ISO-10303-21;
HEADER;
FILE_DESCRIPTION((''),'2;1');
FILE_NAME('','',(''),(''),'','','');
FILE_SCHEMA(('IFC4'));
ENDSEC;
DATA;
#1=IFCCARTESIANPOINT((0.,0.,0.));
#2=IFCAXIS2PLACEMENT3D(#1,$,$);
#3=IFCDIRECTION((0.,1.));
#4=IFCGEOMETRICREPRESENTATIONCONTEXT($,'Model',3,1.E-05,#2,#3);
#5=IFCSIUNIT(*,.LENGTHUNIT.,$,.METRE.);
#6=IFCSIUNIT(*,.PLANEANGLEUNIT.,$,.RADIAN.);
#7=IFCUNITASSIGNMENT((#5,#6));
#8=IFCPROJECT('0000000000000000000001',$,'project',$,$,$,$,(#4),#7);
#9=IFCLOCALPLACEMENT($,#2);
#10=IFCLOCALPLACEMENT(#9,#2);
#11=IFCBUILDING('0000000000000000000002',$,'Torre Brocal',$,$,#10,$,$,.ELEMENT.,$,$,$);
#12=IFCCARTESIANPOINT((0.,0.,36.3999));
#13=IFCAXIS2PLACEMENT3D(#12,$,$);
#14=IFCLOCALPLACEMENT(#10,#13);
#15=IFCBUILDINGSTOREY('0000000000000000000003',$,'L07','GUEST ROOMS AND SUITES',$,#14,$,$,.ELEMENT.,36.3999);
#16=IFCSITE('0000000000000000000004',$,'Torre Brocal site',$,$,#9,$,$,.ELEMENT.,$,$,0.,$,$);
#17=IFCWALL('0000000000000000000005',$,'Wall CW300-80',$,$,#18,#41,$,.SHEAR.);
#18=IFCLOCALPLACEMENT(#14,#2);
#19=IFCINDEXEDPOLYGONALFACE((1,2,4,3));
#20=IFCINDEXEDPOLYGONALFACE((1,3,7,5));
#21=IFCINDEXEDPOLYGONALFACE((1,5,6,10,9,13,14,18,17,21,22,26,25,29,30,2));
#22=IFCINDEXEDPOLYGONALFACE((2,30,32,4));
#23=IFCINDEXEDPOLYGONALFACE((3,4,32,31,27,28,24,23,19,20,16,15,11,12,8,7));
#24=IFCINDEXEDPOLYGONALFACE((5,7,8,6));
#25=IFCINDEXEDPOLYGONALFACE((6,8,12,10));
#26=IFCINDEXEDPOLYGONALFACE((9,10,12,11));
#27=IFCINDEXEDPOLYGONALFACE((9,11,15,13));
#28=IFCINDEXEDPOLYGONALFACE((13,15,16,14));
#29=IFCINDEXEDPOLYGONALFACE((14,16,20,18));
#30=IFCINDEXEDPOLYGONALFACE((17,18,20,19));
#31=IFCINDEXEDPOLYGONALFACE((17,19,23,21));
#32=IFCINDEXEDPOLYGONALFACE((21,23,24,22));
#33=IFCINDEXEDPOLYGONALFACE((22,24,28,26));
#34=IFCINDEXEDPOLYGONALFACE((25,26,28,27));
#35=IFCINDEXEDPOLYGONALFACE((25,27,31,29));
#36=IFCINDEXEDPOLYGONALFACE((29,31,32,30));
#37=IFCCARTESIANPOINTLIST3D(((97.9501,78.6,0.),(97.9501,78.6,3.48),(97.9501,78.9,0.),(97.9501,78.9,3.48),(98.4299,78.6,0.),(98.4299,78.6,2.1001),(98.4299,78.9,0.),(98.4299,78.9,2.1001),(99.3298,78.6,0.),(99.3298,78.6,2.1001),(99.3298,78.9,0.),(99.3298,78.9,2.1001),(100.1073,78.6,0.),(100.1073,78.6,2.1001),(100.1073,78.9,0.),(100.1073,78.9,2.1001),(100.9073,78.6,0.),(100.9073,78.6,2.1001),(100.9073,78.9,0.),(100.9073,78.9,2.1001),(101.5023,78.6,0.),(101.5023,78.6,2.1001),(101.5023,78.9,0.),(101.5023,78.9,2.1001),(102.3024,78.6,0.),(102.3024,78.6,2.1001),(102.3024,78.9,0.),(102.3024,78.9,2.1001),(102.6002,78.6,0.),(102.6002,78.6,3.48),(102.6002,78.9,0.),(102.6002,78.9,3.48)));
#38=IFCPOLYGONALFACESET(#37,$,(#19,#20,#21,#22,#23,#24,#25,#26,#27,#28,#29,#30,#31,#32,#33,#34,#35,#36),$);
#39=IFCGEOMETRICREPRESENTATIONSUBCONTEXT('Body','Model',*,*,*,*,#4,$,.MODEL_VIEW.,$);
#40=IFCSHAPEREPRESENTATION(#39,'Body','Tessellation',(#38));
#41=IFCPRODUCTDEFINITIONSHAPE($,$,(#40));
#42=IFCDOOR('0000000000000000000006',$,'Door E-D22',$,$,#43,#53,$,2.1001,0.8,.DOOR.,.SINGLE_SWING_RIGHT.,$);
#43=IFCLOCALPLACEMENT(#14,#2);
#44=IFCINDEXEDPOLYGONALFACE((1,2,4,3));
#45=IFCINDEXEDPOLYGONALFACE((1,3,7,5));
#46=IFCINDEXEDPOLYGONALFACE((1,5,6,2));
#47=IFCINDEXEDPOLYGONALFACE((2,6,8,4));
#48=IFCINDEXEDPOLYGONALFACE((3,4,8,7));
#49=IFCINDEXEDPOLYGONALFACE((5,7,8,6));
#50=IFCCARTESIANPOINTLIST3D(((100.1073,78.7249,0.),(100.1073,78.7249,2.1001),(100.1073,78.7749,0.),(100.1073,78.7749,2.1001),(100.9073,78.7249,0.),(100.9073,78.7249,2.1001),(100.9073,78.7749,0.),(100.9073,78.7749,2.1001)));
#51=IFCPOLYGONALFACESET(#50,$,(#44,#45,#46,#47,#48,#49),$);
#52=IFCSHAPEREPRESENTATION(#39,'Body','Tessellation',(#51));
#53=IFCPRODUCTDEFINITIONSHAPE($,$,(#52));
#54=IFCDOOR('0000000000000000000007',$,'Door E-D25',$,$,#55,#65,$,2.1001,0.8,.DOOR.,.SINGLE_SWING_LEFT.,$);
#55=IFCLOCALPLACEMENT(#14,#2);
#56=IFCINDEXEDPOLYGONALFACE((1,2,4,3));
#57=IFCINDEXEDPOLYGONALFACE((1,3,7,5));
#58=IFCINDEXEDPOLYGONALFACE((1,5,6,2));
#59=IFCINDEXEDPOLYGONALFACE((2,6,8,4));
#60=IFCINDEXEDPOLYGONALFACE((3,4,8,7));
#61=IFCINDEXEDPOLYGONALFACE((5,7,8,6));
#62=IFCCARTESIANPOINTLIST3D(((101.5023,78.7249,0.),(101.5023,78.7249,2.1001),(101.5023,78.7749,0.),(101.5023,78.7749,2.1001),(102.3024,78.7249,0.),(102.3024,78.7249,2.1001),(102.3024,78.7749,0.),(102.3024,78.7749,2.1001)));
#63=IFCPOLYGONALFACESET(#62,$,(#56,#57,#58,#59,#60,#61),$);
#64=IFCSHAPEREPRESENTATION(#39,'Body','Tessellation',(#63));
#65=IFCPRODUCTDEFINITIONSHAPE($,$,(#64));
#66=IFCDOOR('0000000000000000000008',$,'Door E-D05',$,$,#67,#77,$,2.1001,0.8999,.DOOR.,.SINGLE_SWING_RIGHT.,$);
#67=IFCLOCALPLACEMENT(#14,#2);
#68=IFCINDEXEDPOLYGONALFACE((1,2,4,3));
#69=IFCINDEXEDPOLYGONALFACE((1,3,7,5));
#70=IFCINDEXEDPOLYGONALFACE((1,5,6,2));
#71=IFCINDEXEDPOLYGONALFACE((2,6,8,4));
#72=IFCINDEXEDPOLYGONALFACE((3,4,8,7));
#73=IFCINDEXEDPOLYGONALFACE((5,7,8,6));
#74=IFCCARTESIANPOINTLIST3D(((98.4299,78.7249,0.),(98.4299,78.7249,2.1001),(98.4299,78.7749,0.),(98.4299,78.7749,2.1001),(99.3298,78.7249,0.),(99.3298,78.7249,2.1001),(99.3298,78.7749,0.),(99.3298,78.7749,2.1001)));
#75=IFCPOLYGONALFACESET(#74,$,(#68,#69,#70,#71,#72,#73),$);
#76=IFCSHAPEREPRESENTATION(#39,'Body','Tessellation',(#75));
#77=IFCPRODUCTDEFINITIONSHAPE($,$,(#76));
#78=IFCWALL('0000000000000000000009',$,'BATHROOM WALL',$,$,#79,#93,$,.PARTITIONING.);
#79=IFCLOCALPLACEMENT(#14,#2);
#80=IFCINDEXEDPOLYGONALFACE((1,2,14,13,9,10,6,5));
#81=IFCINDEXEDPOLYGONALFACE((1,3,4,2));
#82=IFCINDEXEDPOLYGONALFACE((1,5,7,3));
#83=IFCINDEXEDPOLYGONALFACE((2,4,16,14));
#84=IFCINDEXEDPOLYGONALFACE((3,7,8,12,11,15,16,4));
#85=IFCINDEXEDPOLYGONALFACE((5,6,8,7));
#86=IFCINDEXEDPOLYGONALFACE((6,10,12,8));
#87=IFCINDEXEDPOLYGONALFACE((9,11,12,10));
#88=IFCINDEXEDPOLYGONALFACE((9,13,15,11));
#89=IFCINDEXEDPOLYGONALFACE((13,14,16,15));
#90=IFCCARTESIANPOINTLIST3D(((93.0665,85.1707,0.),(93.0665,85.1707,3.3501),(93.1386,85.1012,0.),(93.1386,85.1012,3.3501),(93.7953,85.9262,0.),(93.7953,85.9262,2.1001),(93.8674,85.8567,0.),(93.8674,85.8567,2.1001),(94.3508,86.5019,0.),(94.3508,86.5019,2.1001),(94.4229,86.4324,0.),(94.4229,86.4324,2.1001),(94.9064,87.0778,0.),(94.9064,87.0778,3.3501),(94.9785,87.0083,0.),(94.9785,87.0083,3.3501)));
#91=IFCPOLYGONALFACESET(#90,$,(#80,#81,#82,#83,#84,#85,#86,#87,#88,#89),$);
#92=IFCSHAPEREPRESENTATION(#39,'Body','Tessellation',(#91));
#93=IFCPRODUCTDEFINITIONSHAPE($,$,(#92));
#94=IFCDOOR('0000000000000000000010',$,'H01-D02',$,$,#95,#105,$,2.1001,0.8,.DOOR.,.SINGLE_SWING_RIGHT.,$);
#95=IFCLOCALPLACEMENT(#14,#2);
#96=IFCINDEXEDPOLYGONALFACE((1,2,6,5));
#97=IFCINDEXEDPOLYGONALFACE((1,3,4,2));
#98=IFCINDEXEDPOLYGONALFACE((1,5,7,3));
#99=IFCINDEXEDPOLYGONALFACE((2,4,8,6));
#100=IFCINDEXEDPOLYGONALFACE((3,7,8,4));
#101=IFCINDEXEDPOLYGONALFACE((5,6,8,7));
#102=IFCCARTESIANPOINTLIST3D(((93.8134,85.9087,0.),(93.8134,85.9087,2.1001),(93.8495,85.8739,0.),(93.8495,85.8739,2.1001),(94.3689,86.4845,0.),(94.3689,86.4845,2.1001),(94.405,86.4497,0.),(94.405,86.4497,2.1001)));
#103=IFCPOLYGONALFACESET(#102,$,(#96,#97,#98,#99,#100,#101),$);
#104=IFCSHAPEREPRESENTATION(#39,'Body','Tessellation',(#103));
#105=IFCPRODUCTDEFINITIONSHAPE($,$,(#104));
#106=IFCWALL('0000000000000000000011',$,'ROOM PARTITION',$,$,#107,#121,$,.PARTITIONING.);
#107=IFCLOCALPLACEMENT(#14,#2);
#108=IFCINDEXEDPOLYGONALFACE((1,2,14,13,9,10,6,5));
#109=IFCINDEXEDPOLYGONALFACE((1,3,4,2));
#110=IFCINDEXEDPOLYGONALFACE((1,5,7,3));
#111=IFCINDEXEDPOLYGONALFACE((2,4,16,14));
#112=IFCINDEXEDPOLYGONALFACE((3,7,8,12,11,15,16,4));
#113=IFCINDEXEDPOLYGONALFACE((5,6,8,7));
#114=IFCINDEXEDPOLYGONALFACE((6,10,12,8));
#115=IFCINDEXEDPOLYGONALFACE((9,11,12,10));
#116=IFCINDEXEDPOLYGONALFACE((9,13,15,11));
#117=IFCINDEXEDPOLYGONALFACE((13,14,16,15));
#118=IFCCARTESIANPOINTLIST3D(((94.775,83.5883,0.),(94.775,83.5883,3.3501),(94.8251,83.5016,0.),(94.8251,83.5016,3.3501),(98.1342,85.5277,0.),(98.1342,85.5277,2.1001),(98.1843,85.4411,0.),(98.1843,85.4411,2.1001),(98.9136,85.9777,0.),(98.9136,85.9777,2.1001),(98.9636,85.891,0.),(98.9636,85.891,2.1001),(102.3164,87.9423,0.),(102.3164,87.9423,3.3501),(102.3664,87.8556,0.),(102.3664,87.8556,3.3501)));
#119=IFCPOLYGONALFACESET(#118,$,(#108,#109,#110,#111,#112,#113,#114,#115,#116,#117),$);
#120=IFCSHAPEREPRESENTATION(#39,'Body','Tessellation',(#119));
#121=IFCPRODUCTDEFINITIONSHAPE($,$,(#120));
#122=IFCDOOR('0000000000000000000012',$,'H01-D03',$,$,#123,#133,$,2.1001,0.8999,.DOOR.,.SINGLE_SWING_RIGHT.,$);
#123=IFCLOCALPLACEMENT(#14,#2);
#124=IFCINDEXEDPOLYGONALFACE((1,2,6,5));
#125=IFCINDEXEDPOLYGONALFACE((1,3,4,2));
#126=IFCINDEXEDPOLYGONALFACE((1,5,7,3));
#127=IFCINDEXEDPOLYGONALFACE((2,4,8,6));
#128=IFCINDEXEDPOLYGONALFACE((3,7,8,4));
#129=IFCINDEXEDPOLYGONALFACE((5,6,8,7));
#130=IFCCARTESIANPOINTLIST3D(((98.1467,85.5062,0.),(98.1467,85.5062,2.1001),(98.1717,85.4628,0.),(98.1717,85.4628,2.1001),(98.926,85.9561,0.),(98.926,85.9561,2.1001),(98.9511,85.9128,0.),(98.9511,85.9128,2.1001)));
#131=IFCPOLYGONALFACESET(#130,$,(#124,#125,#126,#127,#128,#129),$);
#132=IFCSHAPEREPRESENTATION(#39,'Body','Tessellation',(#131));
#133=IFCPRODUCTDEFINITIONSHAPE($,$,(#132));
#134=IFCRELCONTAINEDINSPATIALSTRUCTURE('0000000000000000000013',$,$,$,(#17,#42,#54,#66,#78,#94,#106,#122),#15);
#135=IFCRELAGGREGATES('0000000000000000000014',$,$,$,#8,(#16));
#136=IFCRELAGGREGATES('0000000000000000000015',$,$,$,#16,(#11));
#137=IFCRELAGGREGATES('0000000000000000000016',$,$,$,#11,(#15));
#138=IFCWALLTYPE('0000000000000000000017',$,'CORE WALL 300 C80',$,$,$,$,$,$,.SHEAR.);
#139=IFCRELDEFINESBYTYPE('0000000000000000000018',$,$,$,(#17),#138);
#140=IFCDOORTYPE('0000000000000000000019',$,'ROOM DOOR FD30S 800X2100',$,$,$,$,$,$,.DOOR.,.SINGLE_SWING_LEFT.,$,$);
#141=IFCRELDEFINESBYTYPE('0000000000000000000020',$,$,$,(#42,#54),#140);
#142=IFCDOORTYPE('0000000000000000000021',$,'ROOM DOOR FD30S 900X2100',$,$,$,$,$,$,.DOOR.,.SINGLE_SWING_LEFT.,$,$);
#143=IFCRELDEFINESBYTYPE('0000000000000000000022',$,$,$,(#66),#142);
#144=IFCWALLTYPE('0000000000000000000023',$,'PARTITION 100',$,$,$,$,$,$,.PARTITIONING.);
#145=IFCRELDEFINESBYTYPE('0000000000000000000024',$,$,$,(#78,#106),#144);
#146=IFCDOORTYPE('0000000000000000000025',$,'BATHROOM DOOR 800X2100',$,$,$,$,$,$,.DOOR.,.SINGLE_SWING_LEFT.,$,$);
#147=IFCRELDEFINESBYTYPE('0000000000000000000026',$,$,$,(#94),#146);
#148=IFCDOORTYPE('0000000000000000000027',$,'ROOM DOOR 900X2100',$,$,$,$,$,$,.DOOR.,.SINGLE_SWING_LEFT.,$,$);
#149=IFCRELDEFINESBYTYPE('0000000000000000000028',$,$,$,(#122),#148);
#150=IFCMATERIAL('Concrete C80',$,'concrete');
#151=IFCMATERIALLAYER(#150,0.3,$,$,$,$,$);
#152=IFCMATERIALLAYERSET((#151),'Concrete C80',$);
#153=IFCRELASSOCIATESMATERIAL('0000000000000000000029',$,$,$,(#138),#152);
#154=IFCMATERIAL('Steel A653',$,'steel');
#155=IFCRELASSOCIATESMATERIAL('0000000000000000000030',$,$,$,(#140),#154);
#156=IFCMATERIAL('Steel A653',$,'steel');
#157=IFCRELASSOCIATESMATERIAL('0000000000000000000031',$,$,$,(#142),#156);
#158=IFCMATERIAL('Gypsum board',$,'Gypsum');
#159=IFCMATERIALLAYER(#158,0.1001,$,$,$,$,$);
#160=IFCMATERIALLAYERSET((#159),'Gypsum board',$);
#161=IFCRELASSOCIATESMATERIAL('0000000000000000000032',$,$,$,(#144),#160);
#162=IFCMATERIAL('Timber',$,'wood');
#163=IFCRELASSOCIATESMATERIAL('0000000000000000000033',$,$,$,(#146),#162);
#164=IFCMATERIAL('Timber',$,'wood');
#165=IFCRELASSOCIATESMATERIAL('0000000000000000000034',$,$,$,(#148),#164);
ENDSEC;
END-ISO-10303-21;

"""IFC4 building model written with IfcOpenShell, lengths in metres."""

from ifc_helpers import new_model, si_unit, direction, frame, frame_2d, origin, place, context, subcontext, project, spatial, rectangle, extrude, material, layer, layer_set, type_object, element, fill, save


model = new_model("IFC4")

# Units and contexts
model_context = context("Model", 3, precision=1e-05, world=origin(), true_north=direction((0.0, 1.0)))
body_context = subcontext(model_context, "Body", "Model", "MODEL_VIEW")
ifc_project = project(units=[si_unit("LENGTHUNIT", "METRE"), si_unit("PLANEANGLEUNIT", "RADIAN")], contexts=[model_context])

# Site, building, storey
site_placement = place(None, origin())
site = spatial("IfcSite", under=ifc_project, at=site_placement, Name="Torre Brocal site", CompositionType="ELEMENT", RefElevation=0.0)
building_placement = place(site_placement, origin())
building = spatial("IfcBuilding", under=site, at=building_placement, Name="Torre Brocal", CompositionType="ELEMENT")
storey_placement = place(building_placement, frame((0.0, 0.0, 36.3999)))
storey = spatial("IfcBuildingStorey", under=building, at=storey_placement, Name="L07", Description="GUEST ROOMS AND SUITES", CompositionType="ELEMENT", Elevation=36.3999)

# Shared definitions
ifc_material_1 = material(Name="Concrete C80", Category="concrete")
ifc_layer_1 = layer(ifc_material_1, 0.3)
ifc_layer_set_1 = layer_set([ifc_layer_1], Name="Concrete C80")
wall_type_1 = type_object("IfcWallType", Name="CORE WALL 300 C80", PredefinedType="SHEAR", material=ifc_layer_set_1)

# Wall, openings, doors
wall_1_placement = place(storey_placement, frame((97.95, 78.75, 0.0), z_axis=(0.0, 0.0, 1.0), x_axis=(1.0, 0.0, 0.0)))
wall_1 = element("IfcWall", 1, at=wall_1_placement, inside=storey, type_object=wall_type_1, Name="Wall CW300-80", PredefinedType="SHEAR", context=body_context, shape_type="SweptSolid", body=[
    extrude(rectangle(XDim=4.6501, YDim=0.3, at=frame_2d((2.3252, 0.0))), origin(), (0.0, 0.0, 1.0), 3.48),
])
opening_1_placement = place(wall_1_placement, frame((0.48, 0.0, 0.0)))
opening_1 = element("IfcOpeningElement", 2, at=opening_1_placement, cuts=wall_1, PredefinedType="OPENING", context=body_context, shape_type="SweptSolid", body=[
    extrude(rectangle(XDim=0.8999, YDim=2.1001, at=frame_2d((0.45, 1.05))), frame((0.0, 0.1599, 0.0), z_axis=(0.0, -1.0, 0.0), x_axis=(1.0, 0.0, 0.0)), (0.0, 0.0, 1.0), 0.3201),
])
opening_2_placement = place(wall_1_placement, frame((2.1575, 0.0, 0.0)))
opening_2 = element("IfcOpeningElement", 3, at=opening_2_placement, cuts=wall_1, PredefinedType="OPENING", context=body_context, shape_type="SweptSolid", body=[
    extrude(rectangle(XDim=0.8, YDim=2.1001, at=frame_2d((0.3999, 1.05))), frame((0.0, 0.1599, 0.0), z_axis=(0.0, -1.0, 0.0), x_axis=(1.0, 0.0, 0.0)), (0.0, 0.0, 1.0), 0.3201),
])
opening_3_placement = place(wall_1_placement, frame((3.5525, 0.0, 0.0)))
opening_3 = element("IfcOpeningElement", 4, at=opening_3_placement, cuts=wall_1, PredefinedType="OPENING", context=body_context, shape_type="SweptSolid", body=[
    extrude(rectangle(XDim=0.8, YDim=2.1001, at=frame_2d((0.3999, 1.05))), frame((0.0, 0.1599, 0.0), z_axis=(0.0, -1.0, 0.0), x_axis=(1.0, 0.0, 0.0)), (0.0, 0.0, 1.0), 0.3201),
])
ifc_material_2 = material(Name="Steel A653", Category="steel")
door_type_1 = type_object("IfcDoorType", Name="ROOM DOOR FD30S 800X2100", OperationType="SINGLE_SWING_LEFT", PredefinedType="DOOR", material=ifc_material_2)
door_1_placement = place(opening_2_placement, origin())
door_1 = element("IfcDoor", 5, at=door_1_placement, inside=storey, type_object=door_type_1, Name="Door E-D22", OperationType="SINGLE_SWING_RIGHT", OverallHeight=2.1001, OverallWidth=0.8, PredefinedType="DOOR", context=body_context, shape_type="SweptSolid", body=[
    extrude(rectangle(XDim=0.8, YDim=2.1001, at=frame_2d((0.3999, 1.05))), frame((0.0, 0.0249, 0.0), z_axis=(0.0, -1.0, 0.0), x_axis=(1.0, 0.0, 0.0)), (0.0, 0.0, 1.0), 0.05),
])
fill(opening_2, door_1)
door_2_placement = place(opening_3_placement, origin())
door_2 = element("IfcDoor", 6, at=door_2_placement, inside=storey, type_object=door_type_1, Name="Door E-D25", OperationType="SINGLE_SWING_LEFT", OverallHeight=2.1001, OverallWidth=0.8, PredefinedType="DOOR", context=body_context, shape_type="SweptSolid", body=[
    extrude(rectangle(XDim=0.8, YDim=2.1001, at=frame_2d((0.3999, 1.05))), frame((0.0, 0.0249, 0.0), z_axis=(0.0, -1.0, 0.0), x_axis=(1.0, 0.0, 0.0)), (0.0, 0.0, 1.0), 0.05),
])
fill(opening_3, door_2)
ifc_material_3 = material(Name="Steel A653", Category="steel")
door_type_2 = type_object("IfcDoorType", Name="ROOM DOOR FD30S 900X2100", OperationType="SINGLE_SWING_LEFT", PredefinedType="DOOR", material=ifc_material_3)
door_3_placement = place(opening_1_placement, origin())
door_3 = element("IfcDoor", 7, at=door_3_placement, inside=storey, type_object=door_type_2, Name="Door E-D05", OperationType="SINGLE_SWING_RIGHT", OverallHeight=2.1001, OverallWidth=0.8999, PredefinedType="DOOR", context=body_context, shape_type="SweptSolid", body=[
    extrude(rectangle(XDim=0.8999, YDim=2.1001, at=frame_2d((0.45, 1.05))), frame((0.0, 0.0249, 0.0), z_axis=(0.0, -1.0, 0.0), x_axis=(1.0, 0.0, 0.0)), (0.0, 0.0, 1.0), 0.05),
])
fill(opening_1, door_3)

# Walls, openings, doors
ifc_material_4 = material(Name="Gypsum board", Category="Gypsum")
ifc_layer_2 = layer(ifc_material_4, 0.1001)
ifc_layer_set_2 = layer_set([ifc_layer_2], Name="Gypsum board")
wall_type_2 = type_object("IfcWallType", Name="PARTITION 100", PredefinedType="PARTITIONING", material=ifc_layer_set_2)
wall_2_placement = place(storey_placement, frame((93.1025, 85.136, 0.0), z_axis=(0.0, 0.0, 1.0), x_axis=(0.694325, 0.719662, 0.0)))
wall_2 = element("IfcWall", 8, at=wall_2_placement, inside=storey, type_object=wall_type_2, Name="BATHROOM WALL", PredefinedType="PARTITIONING", context=body_context, shape_type="SweptSolid", body=[
    extrude(rectangle(XDim=2.6499, YDim=0.1001, at=frame_2d((1.325, 0.0))), origin(), (0.0, 0.0, 1.0), 3.3501),
])
opening_4_placement = place(wall_2_placement, frame((1.0498, 0.0, 0.0)))
opening_4 = element("IfcOpeningElement", 9, at=opening_4_placement, cuts=wall_2, PredefinedType="OPENING", context=body_context, shape_type="SweptSolid", body=[
    extrude(rectangle(XDim=0.8, YDim=2.1001, at=frame_2d((0.3999, 1.05))), frame((0.0, 0.0601, 0.0), z_axis=(0.0, -1.0, 0.0), x_axis=(1.0, 0.0, 0.0)), (0.0, 0.0, 1.0), 0.1201),
])
ifc_material_5 = material(Name="Timber", Category="wood")
door_type_3 = type_object("IfcDoorType", Name="BATHROOM DOOR 800X2100", OperationType="SINGLE_SWING_LEFT", PredefinedType="DOOR", material=ifc_material_5)
door_4_placement = place(opening_4_placement, origin())
door_4 = element("IfcDoor", 10, at=door_4_placement, inside=storey, type_object=door_type_3, Name="H01-D02", OperationType="SINGLE_SWING_RIGHT", OverallHeight=2.1001, OverallWidth=0.8, PredefinedType="DOOR", context=body_context, shape_type="SweptSolid", body=[
    extrude(rectangle(XDim=0.8, YDim=2.1001, at=frame_2d((0.3999, 1.05))), frame((0.0, 0.0249, 0.0), z_axis=(0.0, -1.0, 0.0), x_axis=(1.0, 0.0, 0.0)), (0.0, 0.0, 1.0), 0.05),
])
fill(opening_4, door_4)
wall_3_placement = place(storey_placement, frame((94.8, 83.5449, 0.0), z_axis=(0.0, 0.0, 1.0), x_axis=(0.866023, 0.500005, 0.0)))
wall_3 = element("IfcWall", 11, at=wall_3_placement, inside=storey, type_object=wall_type_2, Name="ROOM PARTITION", PredefinedType="PARTITIONING", context=body_context, shape_type="SweptSolid", body=[
    extrude(rectangle(XDim=8.708, YDim=0.1001, at=frame_2d((4.354, 0.0))), origin(), (0.0, 0.0, 1.0), 3.3501),
])
opening_5_placement = place(wall_3_placement, frame((3.8789, 0.0, 0.0)))
opening_5 = element("IfcOpeningElement", 12, at=opening_5_placement, cuts=wall_3, PredefinedType="OPENING", context=body_context, shape_type="SweptSolid", body=[
    extrude(rectangle(XDim=0.8999, YDim=2.1001, at=frame_2d((0.45, 1.05))), frame((0.0, 0.0601, 0.0), z_axis=(0.0, -1.0, 0.0), x_axis=(1.0, 0.0, 0.0)), (0.0, 0.0, 1.0), 0.1201),
])
ifc_material_6 = material(Name="Timber", Category="wood")
door_type_4 = type_object("IfcDoorType", Name="ROOM DOOR 900X2100", OperationType="SINGLE_SWING_LEFT", PredefinedType="DOOR", material=ifc_material_6)
door_5_placement = place(opening_5_placement, frame((0.8999, 0.0, 0.0), z_axis=(0.0, 0.0, 1.0), x_axis=(-1.0, 0.0, 0.0)))
door_5 = element("IfcDoor", 13, at=door_5_placement, inside=storey, type_object=door_type_4, Name="H01-D03", OperationType="SINGLE_SWING_RIGHT", OverallHeight=2.1001, OverallWidth=0.8999, PredefinedType="DOOR", context=body_context, shape_type="SweptSolid", body=[
    extrude(rectangle(XDim=0.8999, YDim=2.1001, at=frame_2d((0.45, 1.05))), frame((0.0, 0.0249, 0.0), z_axis=(0.0, -1.0, 0.0), x_axis=(1.0, 0.0, 0.0)), (0.0, 0.0, 1.0), 0.05),
])
fill(opening_5, door_5)

save(model, "model.ifc")
